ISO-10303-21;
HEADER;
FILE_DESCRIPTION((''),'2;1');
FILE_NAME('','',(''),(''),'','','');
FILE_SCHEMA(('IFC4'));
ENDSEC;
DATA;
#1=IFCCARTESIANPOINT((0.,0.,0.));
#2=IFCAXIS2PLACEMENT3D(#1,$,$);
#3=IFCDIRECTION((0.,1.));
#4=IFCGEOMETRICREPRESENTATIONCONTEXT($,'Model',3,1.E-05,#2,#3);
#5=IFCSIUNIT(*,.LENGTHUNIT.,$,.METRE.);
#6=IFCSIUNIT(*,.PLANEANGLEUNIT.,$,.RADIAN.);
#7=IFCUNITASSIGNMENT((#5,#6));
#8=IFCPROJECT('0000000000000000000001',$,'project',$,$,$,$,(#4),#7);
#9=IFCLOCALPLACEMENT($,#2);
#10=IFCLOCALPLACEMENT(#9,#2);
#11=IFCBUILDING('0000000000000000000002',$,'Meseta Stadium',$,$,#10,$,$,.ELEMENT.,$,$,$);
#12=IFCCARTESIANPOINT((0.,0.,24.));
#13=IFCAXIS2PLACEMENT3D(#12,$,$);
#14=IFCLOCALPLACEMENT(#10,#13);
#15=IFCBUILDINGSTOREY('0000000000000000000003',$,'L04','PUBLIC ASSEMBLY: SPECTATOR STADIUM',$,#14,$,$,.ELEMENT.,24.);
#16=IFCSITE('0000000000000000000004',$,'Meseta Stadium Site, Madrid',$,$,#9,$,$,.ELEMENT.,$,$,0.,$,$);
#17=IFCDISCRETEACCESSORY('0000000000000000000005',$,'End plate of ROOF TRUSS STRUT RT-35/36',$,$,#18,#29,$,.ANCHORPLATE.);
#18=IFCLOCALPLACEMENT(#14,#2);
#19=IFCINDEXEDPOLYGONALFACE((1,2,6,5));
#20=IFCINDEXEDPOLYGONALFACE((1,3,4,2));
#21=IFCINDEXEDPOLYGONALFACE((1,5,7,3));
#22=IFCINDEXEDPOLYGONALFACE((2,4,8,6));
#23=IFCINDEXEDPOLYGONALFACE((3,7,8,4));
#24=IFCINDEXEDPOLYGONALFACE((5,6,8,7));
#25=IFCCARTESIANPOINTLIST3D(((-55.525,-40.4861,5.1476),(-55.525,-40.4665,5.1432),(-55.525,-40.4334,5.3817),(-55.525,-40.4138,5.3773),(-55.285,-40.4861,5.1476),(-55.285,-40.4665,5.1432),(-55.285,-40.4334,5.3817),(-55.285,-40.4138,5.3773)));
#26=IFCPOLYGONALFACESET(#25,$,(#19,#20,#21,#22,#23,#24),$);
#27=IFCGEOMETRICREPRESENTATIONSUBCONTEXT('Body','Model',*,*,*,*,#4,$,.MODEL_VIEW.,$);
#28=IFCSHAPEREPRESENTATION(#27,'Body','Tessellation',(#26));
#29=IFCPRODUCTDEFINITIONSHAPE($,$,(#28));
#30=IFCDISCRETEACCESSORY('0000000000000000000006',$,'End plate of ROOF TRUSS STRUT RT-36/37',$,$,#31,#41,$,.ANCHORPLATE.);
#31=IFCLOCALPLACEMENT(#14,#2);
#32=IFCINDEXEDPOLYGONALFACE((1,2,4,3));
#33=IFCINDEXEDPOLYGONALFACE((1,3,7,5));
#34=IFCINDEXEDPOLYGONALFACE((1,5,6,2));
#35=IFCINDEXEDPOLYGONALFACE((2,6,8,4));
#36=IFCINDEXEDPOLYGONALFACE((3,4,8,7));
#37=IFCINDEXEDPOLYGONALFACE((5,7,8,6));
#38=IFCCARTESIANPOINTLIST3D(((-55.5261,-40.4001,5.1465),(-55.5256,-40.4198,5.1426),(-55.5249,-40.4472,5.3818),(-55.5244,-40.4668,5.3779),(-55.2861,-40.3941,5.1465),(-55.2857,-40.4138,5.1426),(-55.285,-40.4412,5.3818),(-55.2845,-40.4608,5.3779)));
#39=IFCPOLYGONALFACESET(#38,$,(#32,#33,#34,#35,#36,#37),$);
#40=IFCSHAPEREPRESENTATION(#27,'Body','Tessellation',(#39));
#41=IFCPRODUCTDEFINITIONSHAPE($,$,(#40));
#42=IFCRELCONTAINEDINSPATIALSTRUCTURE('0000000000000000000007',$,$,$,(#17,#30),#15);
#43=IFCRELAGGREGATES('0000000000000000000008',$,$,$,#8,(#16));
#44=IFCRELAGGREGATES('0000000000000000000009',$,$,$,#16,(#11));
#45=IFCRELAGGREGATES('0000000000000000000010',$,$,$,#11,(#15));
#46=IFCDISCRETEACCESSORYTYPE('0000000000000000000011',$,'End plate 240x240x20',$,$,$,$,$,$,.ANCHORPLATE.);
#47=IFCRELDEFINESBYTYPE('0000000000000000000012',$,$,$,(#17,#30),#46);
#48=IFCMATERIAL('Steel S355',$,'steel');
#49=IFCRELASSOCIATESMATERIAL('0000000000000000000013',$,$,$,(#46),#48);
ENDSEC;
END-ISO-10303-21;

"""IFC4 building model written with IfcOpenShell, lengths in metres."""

from ifc_helpers import new_model, si_unit, direction, frame, origin, origin_2d, place, context, subcontext, project, spatial, rectangle, extrude, material, material_profile, profile_set, type_object, element, save


model = new_model("IFC4")

# Units and contexts
model_context = context("Model", 3, precision=1e-05, world=origin(), true_north=direction((0.0, 1.0)))
body_context = subcontext(model_context, "Body", "Model", "MODEL_VIEW")
ifc_project = project(units=[si_unit("LENGTHUNIT", "METRE"), si_unit("PLANEANGLEUNIT", "RADIAN")], contexts=[model_context])

# Site, building, storey
site_placement = place(None, origin())
site = spatial("IfcSite", under=ifc_project, at=site_placement, Name="Meseta Stadium Site, Madrid", CompositionType="ELEMENT", RefElevation=0.0)
building_placement = place(site_placement, origin())
building = spatial("IfcBuilding", under=site, at=building_placement, Name="Meseta Stadium", CompositionType="ELEMENT")
storey_placement = place(building_placement, frame((0.0, 0.0, 24.0)))
storey = spatial("IfcBuildingStorey", under=building, at=storey_placement, Name="L04", Description="PUBLIC ASSEMBLY: SPECTATOR STADIUM", CompositionType="ELEMENT", Elevation=24.0)

# Discrete accessories
ifc_material_1 = material(Name="Steel S355", Category="steel")
ifc_material_profile_1 = material_profile(ifc_material_1, rectangle(XDim=0.24, YDim=0.24, at=origin_2d()), Name="PL 240x240")
ifc_profile_set_1 = profile_set([ifc_material_profile_1], Name="Steel S355")
discrete_accessory_type_1 = type_object("IfcDiscreteAccessoryType", Name="End plate 240x240x20", PredefinedType="ANCHORPLATE", material=ifc_profile_set_1)
for number, where, z_axis, x_axis, name in (
    (1, (-55.405, -40.4402, 5.2603), (0.0, -0.97561, 0.219512), (1.0, 0.0, 0.0), "End plate of ROOF TRUSS STRUT RT-35/36"),
    (2, (-55.4055, -40.4207, 5.2642), (0.024507, -0.980286, -0.196057), (0.999688, 0.024992, 0.0), "End plate of ROOF TRUSS STRUT RT-36/37"),
):
    element("IfcDiscreteAccessory", number, at=place(storey_placement, frame(where, z_axis=z_axis, x_axis=x_axis)), inside=storey, type_object=discrete_accessory_type_1, Name=name, PredefinedType="ANCHORPLATE", context=body_context, shape_type="SweptSolid", body=[
        extrude(rectangle(XDim=0.24, YDim=0.24, at=origin_2d()), origin(), (0.0, 0.0, 1.0), 0.02),
    ])

save(model, "model.ifc")
